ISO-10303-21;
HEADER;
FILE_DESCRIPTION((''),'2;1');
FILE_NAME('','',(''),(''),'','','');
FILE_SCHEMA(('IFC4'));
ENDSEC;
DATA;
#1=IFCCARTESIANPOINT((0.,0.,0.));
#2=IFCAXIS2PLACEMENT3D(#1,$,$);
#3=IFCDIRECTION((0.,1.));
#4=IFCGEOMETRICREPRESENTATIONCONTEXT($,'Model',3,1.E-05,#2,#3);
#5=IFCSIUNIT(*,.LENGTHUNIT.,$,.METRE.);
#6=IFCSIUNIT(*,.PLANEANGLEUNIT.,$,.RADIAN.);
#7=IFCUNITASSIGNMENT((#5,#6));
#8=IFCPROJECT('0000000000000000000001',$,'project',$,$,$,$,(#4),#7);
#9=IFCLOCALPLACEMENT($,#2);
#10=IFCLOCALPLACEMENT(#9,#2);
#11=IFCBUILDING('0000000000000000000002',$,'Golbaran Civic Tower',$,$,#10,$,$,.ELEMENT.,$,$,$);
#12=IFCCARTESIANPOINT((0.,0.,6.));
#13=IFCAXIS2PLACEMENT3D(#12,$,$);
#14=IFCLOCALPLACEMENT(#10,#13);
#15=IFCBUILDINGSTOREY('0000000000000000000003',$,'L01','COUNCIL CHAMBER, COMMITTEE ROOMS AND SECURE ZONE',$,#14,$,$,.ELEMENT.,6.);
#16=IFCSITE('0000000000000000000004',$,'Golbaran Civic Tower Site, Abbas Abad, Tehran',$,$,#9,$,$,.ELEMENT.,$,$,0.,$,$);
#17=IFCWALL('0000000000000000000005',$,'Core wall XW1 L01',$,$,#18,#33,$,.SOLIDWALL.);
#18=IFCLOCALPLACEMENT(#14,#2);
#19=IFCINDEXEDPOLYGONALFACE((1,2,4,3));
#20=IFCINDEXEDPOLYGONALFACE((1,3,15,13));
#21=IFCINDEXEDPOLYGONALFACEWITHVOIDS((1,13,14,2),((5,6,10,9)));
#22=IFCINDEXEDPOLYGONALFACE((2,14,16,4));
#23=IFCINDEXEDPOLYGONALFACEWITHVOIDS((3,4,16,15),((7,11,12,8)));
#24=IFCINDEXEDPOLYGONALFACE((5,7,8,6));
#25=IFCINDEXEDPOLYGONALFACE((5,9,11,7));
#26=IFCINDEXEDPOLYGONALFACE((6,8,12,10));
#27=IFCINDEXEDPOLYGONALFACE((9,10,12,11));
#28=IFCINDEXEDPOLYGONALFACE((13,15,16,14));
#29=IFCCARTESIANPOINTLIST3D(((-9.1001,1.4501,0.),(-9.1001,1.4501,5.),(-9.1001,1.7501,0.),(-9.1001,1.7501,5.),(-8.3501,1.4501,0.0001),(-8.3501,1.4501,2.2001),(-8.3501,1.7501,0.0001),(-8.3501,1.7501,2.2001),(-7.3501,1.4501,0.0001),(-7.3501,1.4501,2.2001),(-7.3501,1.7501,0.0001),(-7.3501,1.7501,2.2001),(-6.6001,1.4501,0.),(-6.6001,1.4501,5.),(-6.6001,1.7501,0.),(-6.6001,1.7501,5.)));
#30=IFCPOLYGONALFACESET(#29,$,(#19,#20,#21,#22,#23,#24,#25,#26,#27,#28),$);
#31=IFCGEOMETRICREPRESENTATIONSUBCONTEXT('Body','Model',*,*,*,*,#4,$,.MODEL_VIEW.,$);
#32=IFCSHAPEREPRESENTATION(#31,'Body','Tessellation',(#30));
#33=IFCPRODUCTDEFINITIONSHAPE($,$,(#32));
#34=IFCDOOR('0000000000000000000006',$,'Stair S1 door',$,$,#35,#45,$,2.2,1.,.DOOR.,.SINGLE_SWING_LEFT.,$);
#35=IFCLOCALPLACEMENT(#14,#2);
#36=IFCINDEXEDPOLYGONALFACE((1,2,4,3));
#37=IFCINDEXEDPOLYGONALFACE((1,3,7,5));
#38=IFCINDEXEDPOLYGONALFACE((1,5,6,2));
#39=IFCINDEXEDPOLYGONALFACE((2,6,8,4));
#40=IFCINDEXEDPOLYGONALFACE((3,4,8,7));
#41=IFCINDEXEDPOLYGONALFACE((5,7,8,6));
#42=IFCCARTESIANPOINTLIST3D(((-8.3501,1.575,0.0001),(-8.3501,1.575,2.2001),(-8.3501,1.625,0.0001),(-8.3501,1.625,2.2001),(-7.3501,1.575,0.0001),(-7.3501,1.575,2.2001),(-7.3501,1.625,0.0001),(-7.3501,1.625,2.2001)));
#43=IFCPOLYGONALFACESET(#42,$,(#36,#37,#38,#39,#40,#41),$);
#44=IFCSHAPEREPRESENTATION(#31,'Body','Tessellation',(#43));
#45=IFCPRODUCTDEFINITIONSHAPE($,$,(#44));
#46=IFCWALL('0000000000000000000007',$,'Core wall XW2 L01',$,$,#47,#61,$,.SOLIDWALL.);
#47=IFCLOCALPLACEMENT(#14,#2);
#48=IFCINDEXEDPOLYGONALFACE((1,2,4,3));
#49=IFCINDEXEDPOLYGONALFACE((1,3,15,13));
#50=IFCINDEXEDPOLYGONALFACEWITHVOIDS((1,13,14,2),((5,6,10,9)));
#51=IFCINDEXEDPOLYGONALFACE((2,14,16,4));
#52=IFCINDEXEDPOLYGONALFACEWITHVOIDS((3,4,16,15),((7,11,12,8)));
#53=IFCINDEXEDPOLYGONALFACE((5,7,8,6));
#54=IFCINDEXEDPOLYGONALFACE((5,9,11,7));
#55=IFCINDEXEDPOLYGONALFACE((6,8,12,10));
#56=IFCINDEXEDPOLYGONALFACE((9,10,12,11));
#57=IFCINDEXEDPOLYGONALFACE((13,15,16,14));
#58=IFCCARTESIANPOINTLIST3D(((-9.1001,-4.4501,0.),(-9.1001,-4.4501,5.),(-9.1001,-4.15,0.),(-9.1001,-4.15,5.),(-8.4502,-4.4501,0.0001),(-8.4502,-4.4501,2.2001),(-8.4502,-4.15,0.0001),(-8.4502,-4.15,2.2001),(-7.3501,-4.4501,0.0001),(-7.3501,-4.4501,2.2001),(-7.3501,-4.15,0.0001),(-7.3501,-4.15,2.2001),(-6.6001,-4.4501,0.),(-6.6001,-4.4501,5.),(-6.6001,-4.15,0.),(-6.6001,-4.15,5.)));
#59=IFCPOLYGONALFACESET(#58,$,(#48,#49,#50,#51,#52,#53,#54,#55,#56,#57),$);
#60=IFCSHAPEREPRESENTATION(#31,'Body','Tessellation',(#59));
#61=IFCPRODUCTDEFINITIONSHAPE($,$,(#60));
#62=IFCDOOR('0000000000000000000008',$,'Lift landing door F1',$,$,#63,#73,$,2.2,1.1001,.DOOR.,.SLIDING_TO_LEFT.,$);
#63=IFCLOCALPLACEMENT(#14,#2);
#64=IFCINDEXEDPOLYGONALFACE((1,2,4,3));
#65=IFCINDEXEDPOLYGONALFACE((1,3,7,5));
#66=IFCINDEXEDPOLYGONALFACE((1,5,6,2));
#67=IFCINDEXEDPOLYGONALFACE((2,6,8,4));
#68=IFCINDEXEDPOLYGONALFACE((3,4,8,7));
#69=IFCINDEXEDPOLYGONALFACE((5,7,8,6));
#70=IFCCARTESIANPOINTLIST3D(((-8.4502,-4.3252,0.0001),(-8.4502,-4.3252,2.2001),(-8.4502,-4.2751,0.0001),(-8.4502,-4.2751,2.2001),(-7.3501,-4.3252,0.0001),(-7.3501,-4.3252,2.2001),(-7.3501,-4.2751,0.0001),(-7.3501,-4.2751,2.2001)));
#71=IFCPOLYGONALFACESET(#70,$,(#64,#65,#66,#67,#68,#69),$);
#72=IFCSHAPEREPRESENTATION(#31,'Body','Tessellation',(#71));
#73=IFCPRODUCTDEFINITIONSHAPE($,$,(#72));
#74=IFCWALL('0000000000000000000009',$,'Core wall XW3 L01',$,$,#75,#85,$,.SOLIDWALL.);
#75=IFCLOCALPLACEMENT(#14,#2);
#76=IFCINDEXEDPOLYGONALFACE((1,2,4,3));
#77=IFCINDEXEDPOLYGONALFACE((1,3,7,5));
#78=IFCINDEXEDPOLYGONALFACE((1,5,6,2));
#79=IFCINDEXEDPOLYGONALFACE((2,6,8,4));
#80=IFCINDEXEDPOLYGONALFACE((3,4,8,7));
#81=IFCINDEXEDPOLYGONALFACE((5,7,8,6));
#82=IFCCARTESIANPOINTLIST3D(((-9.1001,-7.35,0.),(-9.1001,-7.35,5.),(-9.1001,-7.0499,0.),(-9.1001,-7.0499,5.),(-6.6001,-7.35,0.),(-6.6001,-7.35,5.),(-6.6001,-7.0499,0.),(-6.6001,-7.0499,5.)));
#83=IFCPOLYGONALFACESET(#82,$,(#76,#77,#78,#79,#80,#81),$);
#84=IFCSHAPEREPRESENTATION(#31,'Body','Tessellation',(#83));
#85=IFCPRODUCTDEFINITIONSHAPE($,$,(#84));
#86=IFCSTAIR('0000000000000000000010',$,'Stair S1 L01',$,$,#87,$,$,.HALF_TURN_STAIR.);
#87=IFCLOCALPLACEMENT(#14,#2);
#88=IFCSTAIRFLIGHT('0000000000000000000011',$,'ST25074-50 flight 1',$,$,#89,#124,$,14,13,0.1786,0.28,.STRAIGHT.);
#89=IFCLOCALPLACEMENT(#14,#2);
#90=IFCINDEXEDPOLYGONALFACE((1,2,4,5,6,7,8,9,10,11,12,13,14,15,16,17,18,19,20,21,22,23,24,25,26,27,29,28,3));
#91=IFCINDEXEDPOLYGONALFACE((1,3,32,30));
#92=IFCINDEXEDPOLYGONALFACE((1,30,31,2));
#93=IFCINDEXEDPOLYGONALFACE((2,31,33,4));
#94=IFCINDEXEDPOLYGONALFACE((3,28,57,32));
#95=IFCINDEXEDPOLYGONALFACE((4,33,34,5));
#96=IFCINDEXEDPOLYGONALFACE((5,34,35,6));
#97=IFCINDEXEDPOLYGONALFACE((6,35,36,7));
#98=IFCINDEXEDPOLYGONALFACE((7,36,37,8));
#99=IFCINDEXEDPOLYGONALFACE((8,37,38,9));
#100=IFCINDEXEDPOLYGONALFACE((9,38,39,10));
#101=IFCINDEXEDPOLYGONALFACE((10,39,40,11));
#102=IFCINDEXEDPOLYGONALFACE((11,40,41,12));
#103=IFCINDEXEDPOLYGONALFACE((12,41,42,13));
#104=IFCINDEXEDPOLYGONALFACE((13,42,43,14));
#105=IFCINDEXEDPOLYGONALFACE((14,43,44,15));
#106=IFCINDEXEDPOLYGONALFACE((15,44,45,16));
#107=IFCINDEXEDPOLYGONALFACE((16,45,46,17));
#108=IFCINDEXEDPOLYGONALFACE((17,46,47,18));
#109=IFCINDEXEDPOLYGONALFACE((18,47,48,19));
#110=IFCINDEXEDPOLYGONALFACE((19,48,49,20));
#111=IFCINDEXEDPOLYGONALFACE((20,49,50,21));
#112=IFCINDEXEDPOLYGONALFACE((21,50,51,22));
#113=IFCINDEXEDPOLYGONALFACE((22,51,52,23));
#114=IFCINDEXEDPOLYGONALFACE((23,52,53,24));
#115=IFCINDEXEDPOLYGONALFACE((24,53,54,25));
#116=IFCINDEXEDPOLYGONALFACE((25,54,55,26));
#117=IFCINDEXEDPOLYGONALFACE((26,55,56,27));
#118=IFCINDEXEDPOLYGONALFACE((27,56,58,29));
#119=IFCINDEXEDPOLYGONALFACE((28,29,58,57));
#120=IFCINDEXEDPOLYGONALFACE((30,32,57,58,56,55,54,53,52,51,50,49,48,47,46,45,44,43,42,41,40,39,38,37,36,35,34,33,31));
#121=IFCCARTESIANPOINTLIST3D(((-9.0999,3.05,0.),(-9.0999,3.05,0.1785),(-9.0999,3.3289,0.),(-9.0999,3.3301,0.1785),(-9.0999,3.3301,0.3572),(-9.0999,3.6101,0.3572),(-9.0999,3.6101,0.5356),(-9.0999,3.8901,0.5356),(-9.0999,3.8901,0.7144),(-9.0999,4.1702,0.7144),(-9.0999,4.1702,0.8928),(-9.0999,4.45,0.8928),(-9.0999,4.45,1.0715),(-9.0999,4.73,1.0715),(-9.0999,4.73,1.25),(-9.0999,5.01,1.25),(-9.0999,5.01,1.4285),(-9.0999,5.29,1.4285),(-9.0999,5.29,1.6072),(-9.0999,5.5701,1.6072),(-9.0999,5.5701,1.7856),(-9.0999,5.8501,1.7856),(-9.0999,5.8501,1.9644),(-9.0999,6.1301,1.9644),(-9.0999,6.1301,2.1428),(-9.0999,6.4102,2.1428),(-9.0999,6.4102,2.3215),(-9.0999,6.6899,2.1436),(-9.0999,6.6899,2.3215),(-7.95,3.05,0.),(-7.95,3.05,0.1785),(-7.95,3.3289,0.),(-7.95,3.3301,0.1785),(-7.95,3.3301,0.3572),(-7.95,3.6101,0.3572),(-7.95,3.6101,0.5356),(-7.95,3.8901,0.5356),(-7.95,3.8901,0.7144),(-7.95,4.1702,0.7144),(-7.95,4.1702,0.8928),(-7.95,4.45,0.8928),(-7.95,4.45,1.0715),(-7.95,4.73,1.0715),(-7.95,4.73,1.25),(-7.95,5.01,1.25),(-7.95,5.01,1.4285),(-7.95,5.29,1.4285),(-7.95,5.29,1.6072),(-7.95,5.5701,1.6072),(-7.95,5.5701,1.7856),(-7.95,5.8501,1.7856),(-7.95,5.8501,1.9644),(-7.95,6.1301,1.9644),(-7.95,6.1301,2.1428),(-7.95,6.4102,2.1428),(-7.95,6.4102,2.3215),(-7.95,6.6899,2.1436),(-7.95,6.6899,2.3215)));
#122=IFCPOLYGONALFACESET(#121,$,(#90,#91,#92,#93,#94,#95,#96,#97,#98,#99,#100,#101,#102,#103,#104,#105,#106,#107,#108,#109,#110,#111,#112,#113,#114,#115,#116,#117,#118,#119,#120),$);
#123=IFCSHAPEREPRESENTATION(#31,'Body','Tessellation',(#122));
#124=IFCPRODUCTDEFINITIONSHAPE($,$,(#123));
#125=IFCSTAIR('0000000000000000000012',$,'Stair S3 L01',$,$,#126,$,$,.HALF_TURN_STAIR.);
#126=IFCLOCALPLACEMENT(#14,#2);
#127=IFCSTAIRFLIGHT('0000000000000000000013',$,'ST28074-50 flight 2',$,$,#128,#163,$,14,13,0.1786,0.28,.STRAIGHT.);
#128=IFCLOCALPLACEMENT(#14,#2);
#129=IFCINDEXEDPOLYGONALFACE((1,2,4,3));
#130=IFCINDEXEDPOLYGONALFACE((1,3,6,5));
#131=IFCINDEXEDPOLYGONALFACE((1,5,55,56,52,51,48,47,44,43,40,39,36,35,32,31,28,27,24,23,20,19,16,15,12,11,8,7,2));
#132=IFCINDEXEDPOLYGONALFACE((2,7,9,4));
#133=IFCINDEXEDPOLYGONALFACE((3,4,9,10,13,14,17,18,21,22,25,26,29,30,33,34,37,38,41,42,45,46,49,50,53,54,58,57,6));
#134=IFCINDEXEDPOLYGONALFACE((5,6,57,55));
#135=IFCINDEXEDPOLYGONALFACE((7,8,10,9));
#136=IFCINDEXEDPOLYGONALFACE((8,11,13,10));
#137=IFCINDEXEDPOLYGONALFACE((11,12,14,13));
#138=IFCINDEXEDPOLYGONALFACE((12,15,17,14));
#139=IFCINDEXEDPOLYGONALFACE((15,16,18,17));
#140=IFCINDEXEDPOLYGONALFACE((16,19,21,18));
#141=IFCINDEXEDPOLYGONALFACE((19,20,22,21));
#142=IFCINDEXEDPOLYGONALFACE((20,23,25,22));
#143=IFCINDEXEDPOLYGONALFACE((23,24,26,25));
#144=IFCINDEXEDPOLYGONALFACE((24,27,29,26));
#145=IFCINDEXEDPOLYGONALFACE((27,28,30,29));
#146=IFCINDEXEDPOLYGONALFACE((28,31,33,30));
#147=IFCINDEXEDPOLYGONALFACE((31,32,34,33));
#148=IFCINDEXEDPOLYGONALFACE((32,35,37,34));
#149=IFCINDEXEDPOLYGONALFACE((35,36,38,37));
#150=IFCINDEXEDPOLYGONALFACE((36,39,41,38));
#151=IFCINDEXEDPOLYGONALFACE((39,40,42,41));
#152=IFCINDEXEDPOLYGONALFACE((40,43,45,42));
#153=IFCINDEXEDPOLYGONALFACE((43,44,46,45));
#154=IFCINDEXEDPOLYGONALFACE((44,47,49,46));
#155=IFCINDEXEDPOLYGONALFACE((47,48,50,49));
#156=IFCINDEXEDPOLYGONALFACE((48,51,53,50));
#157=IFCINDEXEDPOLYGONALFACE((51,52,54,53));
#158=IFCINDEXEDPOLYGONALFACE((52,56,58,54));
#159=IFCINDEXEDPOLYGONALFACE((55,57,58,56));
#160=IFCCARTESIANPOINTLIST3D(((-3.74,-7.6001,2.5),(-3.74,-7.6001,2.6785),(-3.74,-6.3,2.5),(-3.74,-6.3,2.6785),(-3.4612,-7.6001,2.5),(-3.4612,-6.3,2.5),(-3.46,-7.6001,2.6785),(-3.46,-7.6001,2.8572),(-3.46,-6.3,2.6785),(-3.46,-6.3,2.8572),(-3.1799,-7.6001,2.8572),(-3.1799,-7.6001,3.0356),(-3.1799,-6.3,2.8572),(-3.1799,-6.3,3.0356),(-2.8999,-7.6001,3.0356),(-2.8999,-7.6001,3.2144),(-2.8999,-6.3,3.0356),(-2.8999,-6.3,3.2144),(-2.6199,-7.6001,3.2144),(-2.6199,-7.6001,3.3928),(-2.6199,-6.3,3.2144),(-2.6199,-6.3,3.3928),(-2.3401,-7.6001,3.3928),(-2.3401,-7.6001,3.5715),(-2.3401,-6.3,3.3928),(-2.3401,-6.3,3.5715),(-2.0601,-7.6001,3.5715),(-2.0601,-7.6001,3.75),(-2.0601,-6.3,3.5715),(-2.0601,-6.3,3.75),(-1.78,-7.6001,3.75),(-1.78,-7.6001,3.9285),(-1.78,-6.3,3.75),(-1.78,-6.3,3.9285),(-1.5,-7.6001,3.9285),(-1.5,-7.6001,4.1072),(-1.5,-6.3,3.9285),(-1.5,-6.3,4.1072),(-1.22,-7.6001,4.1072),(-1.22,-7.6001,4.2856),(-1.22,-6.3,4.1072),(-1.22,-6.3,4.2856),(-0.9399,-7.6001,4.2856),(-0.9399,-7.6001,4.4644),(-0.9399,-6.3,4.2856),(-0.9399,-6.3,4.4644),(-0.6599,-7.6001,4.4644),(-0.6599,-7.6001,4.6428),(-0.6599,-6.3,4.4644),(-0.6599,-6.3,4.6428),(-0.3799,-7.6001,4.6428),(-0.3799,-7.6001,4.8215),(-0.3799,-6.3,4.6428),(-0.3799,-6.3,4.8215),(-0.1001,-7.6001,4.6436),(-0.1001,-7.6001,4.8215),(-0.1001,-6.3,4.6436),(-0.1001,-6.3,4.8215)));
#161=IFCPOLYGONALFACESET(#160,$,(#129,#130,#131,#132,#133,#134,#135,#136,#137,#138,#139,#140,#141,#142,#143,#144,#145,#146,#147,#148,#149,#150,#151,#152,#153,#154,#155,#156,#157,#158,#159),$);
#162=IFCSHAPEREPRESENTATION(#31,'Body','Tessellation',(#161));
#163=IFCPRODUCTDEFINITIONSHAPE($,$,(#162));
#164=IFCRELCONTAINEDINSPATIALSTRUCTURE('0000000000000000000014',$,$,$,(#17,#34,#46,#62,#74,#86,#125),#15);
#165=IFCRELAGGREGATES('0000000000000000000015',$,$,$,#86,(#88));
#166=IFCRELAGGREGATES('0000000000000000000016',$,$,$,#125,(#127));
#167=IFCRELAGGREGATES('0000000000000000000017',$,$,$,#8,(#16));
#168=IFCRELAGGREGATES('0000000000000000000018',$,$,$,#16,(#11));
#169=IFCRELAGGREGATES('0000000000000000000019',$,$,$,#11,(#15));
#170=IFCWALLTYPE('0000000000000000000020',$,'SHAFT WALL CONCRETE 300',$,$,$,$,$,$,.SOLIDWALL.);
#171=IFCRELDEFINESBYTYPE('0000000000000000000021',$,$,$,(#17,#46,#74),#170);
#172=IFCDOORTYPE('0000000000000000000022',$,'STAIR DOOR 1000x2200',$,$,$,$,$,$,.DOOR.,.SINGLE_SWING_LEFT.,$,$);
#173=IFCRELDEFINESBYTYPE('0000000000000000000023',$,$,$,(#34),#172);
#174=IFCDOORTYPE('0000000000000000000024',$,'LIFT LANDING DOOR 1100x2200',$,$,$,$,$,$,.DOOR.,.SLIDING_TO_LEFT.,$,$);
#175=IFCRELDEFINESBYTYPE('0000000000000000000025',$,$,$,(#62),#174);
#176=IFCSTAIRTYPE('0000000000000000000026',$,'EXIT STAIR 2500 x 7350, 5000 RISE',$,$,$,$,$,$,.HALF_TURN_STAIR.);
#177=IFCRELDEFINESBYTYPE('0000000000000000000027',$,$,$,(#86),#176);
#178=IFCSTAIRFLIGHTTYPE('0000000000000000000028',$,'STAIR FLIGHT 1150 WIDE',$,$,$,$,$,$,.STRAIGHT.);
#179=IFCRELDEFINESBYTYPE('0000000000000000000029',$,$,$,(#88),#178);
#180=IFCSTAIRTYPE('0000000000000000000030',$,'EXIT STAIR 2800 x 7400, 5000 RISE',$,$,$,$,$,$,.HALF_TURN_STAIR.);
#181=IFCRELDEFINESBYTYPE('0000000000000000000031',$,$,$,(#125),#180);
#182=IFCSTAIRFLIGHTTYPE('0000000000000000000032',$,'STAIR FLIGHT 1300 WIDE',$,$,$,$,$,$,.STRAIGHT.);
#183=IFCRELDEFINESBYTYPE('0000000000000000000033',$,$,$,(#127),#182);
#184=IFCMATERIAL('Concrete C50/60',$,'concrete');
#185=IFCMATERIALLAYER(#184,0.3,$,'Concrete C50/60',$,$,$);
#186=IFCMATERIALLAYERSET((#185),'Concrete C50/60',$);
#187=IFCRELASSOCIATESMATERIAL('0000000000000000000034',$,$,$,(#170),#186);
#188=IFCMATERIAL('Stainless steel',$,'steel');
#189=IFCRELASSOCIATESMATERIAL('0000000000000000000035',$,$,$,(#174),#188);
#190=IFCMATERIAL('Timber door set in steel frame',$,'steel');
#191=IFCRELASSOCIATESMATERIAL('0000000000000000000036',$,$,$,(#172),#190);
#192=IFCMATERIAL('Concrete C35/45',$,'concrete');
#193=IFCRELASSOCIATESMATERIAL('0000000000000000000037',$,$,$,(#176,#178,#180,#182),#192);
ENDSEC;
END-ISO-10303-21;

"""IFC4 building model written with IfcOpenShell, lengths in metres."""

from ifc_helpers import new_model, si_unit, direction, frame, frame_2d, origin, place, context, subcontext, project, spatial, polyline, rectangle, outline, extrude, material, layer, layer_set, type_object, element, fill, aggregate, save


model = new_model("IFC4")

# Units and contexts
model_context = context("Model", 3, precision=1e-05, world=origin(), true_north=direction((0.0, 1.0)))
body_context = subcontext(model_context, "Body", "Model", "MODEL_VIEW")
ifc_project = project(units=[si_unit("LENGTHUNIT", "METRE"), si_unit("PLANEANGLEUNIT", "RADIAN")], contexts=[model_context])

# Site, building, storey
site_placement = place(None, origin())
site = spatial("IfcSite", under=ifc_project, at=site_placement, Name="Golbaran Civic Tower Site, Abbas Abad, Tehran", CompositionType="ELEMENT", RefElevation=0.0)
building_placement = place(site_placement, origin())
building = spatial("IfcBuilding", under=site, at=building_placement, Name="Golbaran Civic Tower", CompositionType="ELEMENT")
storey_placement = place(building_placement, frame((0.0, 0.0, 6.0)))
storey = spatial("IfcBuildingStorey", under=building, at=storey_placement, Name="L01", Description="COUNCIL CHAMBER, COMMITTEE ROOMS AND SECURE ZONE", CompositionType="ELEMENT", Elevation=6.0)

# Shared definitions
ifc_material_1 = material(Name="Concrete C50/60", Category="concrete")

# Shared definitions
ifc_layer_1 = layer(ifc_material_1, 0.3, Name="Concrete C50/60")
ifc_layer_set_1 = layer_set([ifc_layer_1], Name="Concrete C50/60")
wall_type_1 = type_object("IfcWallType", Name="SHAFT WALL CONCRETE 300", PredefinedType="SOLIDWALL", material=ifc_layer_set_1)
ifc_material_2 = material(Name="Stainless steel", Category="steel")
door_type_1 = type_object("IfcDoorType", Name="LIFT LANDING DOOR 1100x2200", OperationType="SLIDING_TO_LEFT", PredefinedType="DOOR", material=ifc_material_2)

# Shared definitions
ifc_material_3 = material(Name="Timber door set in steel frame", Category="steel")

# Walls, openings, doors
wall_1_placement = place(storey_placement, frame((-9.1001, 1.6001, 0.0), z_axis=(0.0, 0.0, 1.0), x_axis=(1.0, 0.0, 0.0)))
wall_1 = element("IfcWall", 1, at=wall_1_placement, inside=storey, type_object=wall_type_1, Name="Core wall XW1 L01", PredefinedType="SOLIDWALL", context=body_context, shape_type="SweptSolid", body=[
    extrude(rectangle(XDim=2.5, YDim=0.3, at=frame_2d((1.25, 0.0))), origin(), (0.0, 0.0, 1.0), 5.0),
])
opening_1_placement = place(wall_1_placement, frame((0.75, 0.0, 0.0)))
opening_1 = element("IfcOpeningElement", 2, at=opening_1_placement, cuts=wall_1, PredefinedType="OPENING", context=body_context, shape_type="SweptSolid", body=[
    extrude(rectangle(XDim=1.0, YDim=2.2, at=frame_2d((0.5, 1.1001))), frame((0.0, 0.1599, 0.0), z_axis=(0.0, -1.0, 0.0), x_axis=(1.0, 0.0, 0.0)), (0.0, 0.0, 1.0), 0.3201),
])
door_type_2 = type_object("IfcDoorType", Name="STAIR DOOR 1000x2200", OperationType="SINGLE_SWING_LEFT", PredefinedType="DOOR", material=ifc_material_3)
door_1_placement = place(opening_1_placement, origin())
door_1 = element("IfcDoor", 3, at=door_1_placement, inside=storey, type_object=door_type_2, Name="Stair S1 door", OperationType="SINGLE_SWING_LEFT", OverallHeight=2.2, OverallWidth=1.0, PredefinedType="DOOR", context=body_context, shape_type="SweptSolid", body=[
    extrude(rectangle(XDim=1.0, YDim=2.2, at=frame_2d((0.5, 1.1001))), frame((0.0, 0.0249, 0.0), z_axis=(0.0, -1.0, 0.0), x_axis=(1.0, 0.0, 0.0)), (0.0, 0.0, 1.0), 0.05),
])
fill(opening_1, door_1)
wall_2_placement = place(storey_placement, frame((-9.1001, -4.3, 0.0), z_axis=(0.0, 0.0, 1.0), x_axis=(1.0, 0.0, 0.0)))
wall_2 = element("IfcWall", 4, at=wall_2_placement, inside=storey, type_object=wall_type_1, Name="Core wall XW2 L01", PredefinedType="SOLIDWALL", context=body_context, shape_type="SweptSolid", body=[
    extrude(rectangle(XDim=2.5, YDim=0.3, at=frame_2d((1.25, 0.0))), origin(), (0.0, 0.0, 1.0), 5.0),
])
opening_2_placement = place(wall_2_placement, frame((0.6499, 0.0, 0.0)))
opening_2 = element("IfcOpeningElement", 5, at=opening_2_placement, cuts=wall_2, PredefinedType="OPENING", context=body_context, shape_type="SweptSolid", body=[
    extrude(rectangle(XDim=1.1001, YDim=2.2, at=frame_2d((0.55, 1.1001))), frame((0.0, 0.1599, 0.0), z_axis=(0.0, -1.0, 0.0), x_axis=(1.0, 0.0, 0.0)), (0.0, 0.0, 1.0), 0.3201),
])
door_2_placement = place(opening_2_placement, origin())
door_2 = element("IfcDoor", 6, at=door_2_placement, inside=storey, type_object=door_type_1, Name="Lift landing door F1", OperationType="SLIDING_TO_LEFT", OverallHeight=2.2, OverallWidth=1.1001, PredefinedType="DOOR", context=body_context, shape_type="SweptSolid", body=[
    extrude(rectangle(XDim=1.1001, YDim=2.2, at=frame_2d((0.55, 1.1001))), frame((0.0, 0.0249, 0.0), z_axis=(0.0, -1.0, 0.0), x_axis=(1.0, 0.0, 0.0)), (0.0, 0.0, 1.0), 0.05),
])
fill(opening_2, door_2)

# Wall
wall_3_placement = place(storey_placement, frame((-9.1001, -7.2, 0.0), z_axis=(0.0, 0.0, 1.0), x_axis=(1.0, 0.0, 0.0)))
element("IfcWall", 7, at=wall_3_placement, inside=storey, type_object=wall_type_1, Name="Core wall XW3 L01", PredefinedType="SOLIDWALL", context=body_context, shape_type="SweptSolid", body=[
    extrude(rectangle(XDim=2.5, YDim=0.3, at=frame_2d((1.25, 0.0))), origin(), (0.0, 0.0, 1.0), 5.0),
])

# Stairs, stair flights
ifc_material_4 = material(Name="Concrete C35/45", Category="concrete")
stair_type_1 = type_object("IfcStairType", Name="EXIT STAIR 2500 x 7350, 5000 RISE", PredefinedType="HALF_TURN_STAIR", material=ifc_material_4)
stair_1_placement = place(storey_placement, origin())
stair_1 = element("IfcStair", 8, at=stair_1_placement, inside=storey, type_object=stair_type_1, Name="Stair S1 L01", PredefinedType="HALF_TURN_STAIR")
stair_flight_type_1 = type_object("IfcStairFlightType", Name="STAIR FLIGHT 1150 WIDE", PredefinedType="STRAIGHT", material=ifc_material_4)
stair_flight_1_placement = place(storey_placement, frame((-8.5249, 3.05, 0.0), z_axis=(0.0, 0.0, 1.0), x_axis=(0.0, 1.0, 0.0)))
stair_flight_1 = element("IfcStairFlight", 9, at=stair_flight_1_placement, type_object=stair_flight_type_1, Name="ST25074-50 flight 1", NumberOfRisers=14, NumberOfTreads=13, PredefinedType="STRAIGHT", RiserHeight=0.1786, TreadLength=0.28, context=body_context, shape_type="SweptSolid", body=[
    extrude(outline(polyline([(0.0, 0.0), (0.0, 0.1785), (0.28, 0.1785), (0.28, 0.3572), (0.5601, 0.3572), (0.5601, 0.5356), (0.8401, 0.5356), (0.8401, 0.7144), (1.1201, 0.7144), (1.1201, 0.8928), (1.3999, 0.8928), (1.3999, 1.0715), (1.6799, 1.0715), (1.6799, 1.25), (1.96, 1.25), (1.96, 1.4285), (2.24, 1.4285), (2.24, 1.6072), (2.52, 1.6072), (2.52, 1.7856), (2.8, 1.7856), (2.8, 1.9644), (3.0801, 1.9644), (3.0801, 2.1428), (3.3601, 2.1428), (3.3601, 2.3215), (3.6399, 2.3215), (3.6399, 2.5), (3.6399, 2.1436), (0.2788, 0.0), (0.0, 0.0)])), frame((0.0, 0.575, 0.0), z_axis=(0.0, -1.0, 0.0), x_axis=(1.0, 0.0, 0.0)), (0.0, 0.0, 1.0), 1.1499),
])
aggregate(stair_1, [stair_flight_1])
stair_type_2 = type_object("IfcStairType", Name="EXIT STAIR 2800 x 7400, 5000 RISE", PredefinedType="HALF_TURN_STAIR", material=ifc_material_4)
stair_2_placement = place(storey_placement, origin())
stair_2 = element("IfcStair", 10, at=stair_2_placement, inside=storey, type_object=stair_type_2, Name="Stair S3 L01", PredefinedType="HALF_TURN_STAIR")
stair_flight_type_2 = type_object("IfcStairFlightType", Name="STAIR FLIGHT 1300 WIDE", PredefinedType="STRAIGHT", material=ifc_material_4)
stair_flight_2_placement = place(storey_placement, frame((-3.74, -6.95, 2.5), z_axis=(0.0, 0.0, 1.0), x_axis=(1.0, 0.0, 0.0)))
stair_flight_2 = element("IfcStairFlight", 11, at=stair_flight_2_placement, type_object=stair_flight_type_2, Name="ST28074-50 flight 2", NumberOfRisers=14, NumberOfTreads=13, PredefinedType="STRAIGHT", RiserHeight=0.1786, TreadLength=0.28, context=body_context, shape_type="SweptSolid", body=[
    extrude(outline(polyline([(0.0, 0.0), (0.0, 0.1785), (0.28, 0.1785), (0.28, 0.3572), (0.5601, 0.3572), (0.5601, 0.5356), (0.8401, 0.5356), (0.8401, 0.7144), (1.1201, 0.7144), (1.1201, 0.8928), (1.3999, 0.8928), (1.3999, 1.0715), (1.6799, 1.0715), (1.6799, 1.25), (1.96, 1.25), (1.96, 1.4285), (2.24, 1.4285), (2.24, 1.6072), (2.52, 1.6072), (2.52, 1.7856), (2.8, 1.7856), (2.8, 1.9644), (3.0801, 1.9644), (3.0801, 2.1428), (3.3601, 2.1428), (3.3601, 2.3215), (3.6399, 2.3215), (3.6399, 2.5), (3.6399, 2.1436), (0.2788, 0.0), (0.0, 0.0)])), frame((0.0, 0.6499, 0.0), z_axis=(0.0, -1.0, 0.0), x_axis=(1.0, 0.0, 0.0)), (0.0, 0.0, 1.0), 1.3),
])
aggregate(stair_2, [stair_flight_2])

save(model, "model.ifc")
